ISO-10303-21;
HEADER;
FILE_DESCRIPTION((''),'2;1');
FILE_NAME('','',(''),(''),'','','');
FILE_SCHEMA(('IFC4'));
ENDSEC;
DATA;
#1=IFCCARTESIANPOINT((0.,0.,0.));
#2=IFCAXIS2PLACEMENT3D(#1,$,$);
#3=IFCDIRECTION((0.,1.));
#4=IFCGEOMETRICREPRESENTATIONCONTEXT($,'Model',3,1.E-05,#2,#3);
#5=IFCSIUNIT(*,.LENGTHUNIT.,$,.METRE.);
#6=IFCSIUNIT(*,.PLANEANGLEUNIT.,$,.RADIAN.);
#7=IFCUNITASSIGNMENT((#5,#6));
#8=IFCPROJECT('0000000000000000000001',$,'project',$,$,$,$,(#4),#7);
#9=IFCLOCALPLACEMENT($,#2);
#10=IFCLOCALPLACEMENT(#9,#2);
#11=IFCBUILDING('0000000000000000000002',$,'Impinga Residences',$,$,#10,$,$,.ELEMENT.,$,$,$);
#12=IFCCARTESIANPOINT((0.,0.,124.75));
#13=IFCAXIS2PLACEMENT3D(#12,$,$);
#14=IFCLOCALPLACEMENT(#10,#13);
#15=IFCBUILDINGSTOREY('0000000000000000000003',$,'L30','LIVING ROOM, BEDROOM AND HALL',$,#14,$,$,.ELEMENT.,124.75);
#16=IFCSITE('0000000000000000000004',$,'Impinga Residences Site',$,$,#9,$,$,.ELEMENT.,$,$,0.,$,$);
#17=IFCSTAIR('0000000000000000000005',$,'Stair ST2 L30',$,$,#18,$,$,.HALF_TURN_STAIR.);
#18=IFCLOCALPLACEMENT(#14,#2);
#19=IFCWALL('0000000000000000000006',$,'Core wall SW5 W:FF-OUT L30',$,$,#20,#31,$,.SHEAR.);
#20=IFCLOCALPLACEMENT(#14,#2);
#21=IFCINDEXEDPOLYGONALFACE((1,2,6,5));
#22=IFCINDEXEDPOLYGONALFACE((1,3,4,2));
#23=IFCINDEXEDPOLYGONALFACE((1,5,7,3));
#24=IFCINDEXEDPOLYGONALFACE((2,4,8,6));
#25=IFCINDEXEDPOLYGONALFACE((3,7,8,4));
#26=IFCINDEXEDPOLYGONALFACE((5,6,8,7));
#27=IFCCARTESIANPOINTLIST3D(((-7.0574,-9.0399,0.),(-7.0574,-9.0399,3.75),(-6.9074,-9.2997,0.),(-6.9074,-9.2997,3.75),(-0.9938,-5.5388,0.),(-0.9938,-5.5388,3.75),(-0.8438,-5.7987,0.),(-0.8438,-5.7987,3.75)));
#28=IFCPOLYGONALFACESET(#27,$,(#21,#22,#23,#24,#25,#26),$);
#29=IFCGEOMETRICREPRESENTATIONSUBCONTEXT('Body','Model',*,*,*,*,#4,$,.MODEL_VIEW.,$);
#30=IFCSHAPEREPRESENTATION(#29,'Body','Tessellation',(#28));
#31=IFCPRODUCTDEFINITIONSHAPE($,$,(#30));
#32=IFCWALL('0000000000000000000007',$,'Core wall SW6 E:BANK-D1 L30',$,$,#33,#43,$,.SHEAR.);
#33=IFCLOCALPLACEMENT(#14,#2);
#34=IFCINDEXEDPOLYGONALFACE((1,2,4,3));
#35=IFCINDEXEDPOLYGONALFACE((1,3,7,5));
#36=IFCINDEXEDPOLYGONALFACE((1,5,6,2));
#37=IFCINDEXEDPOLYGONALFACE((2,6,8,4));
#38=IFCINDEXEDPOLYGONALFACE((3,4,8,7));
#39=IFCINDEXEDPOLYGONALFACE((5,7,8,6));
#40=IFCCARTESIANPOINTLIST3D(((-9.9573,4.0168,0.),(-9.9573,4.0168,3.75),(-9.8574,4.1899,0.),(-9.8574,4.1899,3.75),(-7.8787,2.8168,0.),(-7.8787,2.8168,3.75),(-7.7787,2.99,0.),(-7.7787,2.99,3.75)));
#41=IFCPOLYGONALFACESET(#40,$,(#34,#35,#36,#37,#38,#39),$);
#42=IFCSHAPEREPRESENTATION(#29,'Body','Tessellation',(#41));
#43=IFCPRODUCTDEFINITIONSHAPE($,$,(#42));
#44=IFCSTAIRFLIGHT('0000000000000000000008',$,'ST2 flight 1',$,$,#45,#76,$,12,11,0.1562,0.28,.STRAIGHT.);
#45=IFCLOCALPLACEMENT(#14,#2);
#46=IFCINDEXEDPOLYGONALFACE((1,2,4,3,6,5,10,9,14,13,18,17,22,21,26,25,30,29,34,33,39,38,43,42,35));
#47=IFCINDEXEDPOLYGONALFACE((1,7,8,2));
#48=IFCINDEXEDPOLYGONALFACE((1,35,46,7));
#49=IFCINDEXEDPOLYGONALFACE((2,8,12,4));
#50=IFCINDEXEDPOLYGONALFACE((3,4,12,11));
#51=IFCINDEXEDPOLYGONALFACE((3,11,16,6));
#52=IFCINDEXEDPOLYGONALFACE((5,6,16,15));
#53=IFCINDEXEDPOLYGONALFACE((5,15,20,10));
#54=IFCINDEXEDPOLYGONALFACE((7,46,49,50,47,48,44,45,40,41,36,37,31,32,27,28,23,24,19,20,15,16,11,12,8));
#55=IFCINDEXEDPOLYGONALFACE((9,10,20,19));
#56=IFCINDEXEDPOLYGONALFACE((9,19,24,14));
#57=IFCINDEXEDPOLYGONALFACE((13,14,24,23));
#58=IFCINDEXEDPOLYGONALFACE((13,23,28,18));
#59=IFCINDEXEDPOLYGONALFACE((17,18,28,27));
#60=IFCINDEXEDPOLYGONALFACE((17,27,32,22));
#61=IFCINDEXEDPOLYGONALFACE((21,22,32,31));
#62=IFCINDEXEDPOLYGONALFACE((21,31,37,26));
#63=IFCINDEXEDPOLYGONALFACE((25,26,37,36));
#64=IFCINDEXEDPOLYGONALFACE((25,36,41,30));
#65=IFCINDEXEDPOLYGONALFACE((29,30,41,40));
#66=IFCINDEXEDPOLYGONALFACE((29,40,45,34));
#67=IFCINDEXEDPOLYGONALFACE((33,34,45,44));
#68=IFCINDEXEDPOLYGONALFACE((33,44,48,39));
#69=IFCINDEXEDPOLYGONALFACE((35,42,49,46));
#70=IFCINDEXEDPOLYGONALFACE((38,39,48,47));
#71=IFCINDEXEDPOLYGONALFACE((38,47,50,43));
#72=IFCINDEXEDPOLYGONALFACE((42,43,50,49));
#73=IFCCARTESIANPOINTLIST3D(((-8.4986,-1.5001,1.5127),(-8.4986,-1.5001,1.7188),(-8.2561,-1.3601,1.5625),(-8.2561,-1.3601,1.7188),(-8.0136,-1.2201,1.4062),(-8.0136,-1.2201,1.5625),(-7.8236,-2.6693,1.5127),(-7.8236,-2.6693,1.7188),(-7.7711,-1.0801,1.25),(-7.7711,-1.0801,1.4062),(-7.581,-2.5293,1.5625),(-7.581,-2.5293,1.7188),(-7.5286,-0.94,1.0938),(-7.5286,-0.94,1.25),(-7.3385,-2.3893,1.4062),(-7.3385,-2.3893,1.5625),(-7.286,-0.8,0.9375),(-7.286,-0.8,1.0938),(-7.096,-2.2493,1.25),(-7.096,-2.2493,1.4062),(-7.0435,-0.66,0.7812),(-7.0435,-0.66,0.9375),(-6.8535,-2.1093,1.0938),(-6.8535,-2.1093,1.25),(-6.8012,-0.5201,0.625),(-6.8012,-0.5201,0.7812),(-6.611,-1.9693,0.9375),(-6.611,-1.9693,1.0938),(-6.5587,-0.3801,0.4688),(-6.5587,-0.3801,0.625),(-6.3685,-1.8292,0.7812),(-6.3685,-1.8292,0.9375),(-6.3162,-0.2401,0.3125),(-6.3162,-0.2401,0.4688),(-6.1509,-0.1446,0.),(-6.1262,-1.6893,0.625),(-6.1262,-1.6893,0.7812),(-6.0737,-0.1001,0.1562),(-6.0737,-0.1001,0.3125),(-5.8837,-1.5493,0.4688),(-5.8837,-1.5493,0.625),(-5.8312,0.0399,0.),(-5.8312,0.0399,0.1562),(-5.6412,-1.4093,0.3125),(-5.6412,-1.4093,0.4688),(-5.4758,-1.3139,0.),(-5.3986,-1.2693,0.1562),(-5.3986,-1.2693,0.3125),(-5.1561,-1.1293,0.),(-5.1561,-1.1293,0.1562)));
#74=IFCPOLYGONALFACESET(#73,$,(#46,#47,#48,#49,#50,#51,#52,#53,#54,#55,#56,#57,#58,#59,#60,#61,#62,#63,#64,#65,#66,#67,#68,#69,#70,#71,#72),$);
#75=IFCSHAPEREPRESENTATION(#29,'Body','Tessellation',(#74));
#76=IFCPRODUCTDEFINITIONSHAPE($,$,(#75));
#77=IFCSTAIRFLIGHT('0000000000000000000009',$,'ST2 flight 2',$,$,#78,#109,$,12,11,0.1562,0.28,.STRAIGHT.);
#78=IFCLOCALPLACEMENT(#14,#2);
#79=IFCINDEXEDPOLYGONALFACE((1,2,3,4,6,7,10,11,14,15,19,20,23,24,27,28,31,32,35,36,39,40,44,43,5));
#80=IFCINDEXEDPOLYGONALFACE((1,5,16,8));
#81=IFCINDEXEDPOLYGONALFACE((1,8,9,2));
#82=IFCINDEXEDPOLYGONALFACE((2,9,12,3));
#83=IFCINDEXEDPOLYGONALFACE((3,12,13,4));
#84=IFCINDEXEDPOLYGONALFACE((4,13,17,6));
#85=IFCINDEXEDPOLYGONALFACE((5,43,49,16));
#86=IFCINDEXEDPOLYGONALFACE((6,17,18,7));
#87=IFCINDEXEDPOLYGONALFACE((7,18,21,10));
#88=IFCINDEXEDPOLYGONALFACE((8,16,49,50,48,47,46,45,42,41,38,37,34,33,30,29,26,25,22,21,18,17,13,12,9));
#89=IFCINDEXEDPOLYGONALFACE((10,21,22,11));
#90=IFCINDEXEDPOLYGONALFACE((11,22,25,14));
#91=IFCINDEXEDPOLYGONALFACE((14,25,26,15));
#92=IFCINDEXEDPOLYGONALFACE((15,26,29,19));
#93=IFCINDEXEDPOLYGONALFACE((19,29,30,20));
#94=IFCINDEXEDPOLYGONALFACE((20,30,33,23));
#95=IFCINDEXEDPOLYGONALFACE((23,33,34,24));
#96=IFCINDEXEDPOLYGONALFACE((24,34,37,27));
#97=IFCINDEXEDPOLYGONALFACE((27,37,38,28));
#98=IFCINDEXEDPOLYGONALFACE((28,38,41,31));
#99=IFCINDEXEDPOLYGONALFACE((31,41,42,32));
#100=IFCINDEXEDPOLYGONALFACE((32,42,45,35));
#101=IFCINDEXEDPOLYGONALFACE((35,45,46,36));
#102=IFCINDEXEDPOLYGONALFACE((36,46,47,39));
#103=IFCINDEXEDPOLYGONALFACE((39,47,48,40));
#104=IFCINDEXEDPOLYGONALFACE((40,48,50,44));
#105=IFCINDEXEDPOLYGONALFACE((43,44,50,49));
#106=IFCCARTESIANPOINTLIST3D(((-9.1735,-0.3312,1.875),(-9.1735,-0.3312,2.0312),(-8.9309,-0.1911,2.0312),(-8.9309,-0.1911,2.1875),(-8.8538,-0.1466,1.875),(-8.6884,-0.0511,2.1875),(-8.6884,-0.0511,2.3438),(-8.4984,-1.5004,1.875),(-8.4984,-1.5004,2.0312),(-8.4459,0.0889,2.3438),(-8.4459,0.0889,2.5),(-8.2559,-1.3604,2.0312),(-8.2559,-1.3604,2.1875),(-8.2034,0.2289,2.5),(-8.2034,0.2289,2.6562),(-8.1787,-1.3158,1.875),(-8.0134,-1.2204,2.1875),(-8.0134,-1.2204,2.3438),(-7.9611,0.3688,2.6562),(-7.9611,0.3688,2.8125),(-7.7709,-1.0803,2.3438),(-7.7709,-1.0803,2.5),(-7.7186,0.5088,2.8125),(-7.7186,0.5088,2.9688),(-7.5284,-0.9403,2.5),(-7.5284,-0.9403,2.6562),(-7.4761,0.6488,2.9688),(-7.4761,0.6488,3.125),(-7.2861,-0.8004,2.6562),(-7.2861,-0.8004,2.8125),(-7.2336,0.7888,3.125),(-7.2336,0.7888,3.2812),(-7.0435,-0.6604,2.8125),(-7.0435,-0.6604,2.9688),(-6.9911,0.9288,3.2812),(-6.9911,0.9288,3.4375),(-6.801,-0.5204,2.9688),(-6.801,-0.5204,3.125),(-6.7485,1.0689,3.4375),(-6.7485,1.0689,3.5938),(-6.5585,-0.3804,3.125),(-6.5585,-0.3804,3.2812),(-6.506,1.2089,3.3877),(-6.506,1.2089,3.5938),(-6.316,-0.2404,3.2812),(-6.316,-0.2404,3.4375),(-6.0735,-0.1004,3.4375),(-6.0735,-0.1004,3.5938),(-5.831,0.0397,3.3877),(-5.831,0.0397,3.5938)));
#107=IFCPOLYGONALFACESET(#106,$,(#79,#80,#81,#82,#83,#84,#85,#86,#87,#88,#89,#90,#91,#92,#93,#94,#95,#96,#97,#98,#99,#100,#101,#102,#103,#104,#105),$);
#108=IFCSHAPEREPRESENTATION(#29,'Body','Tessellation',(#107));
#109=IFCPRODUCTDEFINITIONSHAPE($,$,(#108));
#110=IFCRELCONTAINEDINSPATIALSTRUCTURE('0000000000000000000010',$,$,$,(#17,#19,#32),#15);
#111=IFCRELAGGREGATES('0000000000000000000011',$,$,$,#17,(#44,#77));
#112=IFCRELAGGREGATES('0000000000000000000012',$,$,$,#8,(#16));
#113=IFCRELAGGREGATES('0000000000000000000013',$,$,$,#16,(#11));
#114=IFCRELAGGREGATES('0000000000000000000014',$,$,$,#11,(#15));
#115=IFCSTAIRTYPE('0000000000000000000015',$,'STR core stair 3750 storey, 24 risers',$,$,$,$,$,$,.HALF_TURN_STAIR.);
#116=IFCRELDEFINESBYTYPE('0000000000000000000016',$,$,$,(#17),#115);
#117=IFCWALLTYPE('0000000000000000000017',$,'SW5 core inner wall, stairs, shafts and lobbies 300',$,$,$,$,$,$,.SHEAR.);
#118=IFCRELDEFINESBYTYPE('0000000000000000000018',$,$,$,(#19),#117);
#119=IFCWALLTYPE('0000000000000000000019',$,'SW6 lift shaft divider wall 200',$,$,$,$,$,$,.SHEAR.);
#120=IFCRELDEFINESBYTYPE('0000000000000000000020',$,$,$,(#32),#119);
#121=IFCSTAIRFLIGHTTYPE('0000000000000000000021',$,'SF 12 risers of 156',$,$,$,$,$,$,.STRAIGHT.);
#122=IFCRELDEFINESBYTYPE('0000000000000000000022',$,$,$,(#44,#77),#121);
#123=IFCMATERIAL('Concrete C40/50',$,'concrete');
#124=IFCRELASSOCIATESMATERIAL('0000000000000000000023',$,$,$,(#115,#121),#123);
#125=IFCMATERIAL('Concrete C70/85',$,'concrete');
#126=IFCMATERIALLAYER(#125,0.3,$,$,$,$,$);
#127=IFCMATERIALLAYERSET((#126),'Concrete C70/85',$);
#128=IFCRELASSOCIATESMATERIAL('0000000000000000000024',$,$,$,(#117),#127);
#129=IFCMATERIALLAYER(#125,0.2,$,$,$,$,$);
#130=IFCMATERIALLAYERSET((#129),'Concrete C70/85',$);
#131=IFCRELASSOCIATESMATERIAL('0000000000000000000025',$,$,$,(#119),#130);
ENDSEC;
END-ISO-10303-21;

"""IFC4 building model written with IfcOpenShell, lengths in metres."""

from ifc_helpers import new_model, si_unit, direction, frame, frame_2d, origin, place, context, subcontext, project, spatial, polyline, rectangle, outline, extrude, material, layer, layer_set, type_object, element, aggregate, save


model = new_model("IFC4")

# Units and contexts
model_context = context("Model", 3, precision=1e-05, world=origin(), true_north=direction((0.0, 1.0)))
body_context = subcontext(model_context, "Body", "Model", "MODEL_VIEW")
ifc_project = project(units=[si_unit("LENGTHUNIT", "METRE"), si_unit("PLANEANGLEUNIT", "RADIAN")], contexts=[model_context])

# Site, building, storey
site_placement = place(None, origin())
site = spatial("IfcSite", under=ifc_project, at=site_placement, Name="Impinga Residences Site", CompositionType="ELEMENT", RefElevation=0.0)
building_placement = place(site_placement, origin())
building = spatial("IfcBuilding", under=site, at=building_placement, Name="Impinga Residences", CompositionType="ELEMENT")
storey_placement = place(building_placement, frame((0.0, 0.0, 124.75)))
storey = spatial("IfcBuildingStorey", under=building, at=storey_placement, Name="L30", Description="LIVING ROOM, BEDROOM AND HALL", CompositionType="ELEMENT", Elevation=124.75)

# Stair
ifc_material_1 = material(Name="Concrete C40/50", Category="concrete")
stair_type = type_object("IfcStairType", Name="STR core stair 3750 storey, 24 risers", PredefinedType="HALF_TURN_STAIR", material=ifc_material_1)
stair_1_placement = place(storey_placement, origin())
stair_1 = element("IfcStair", 1, at=stair_1_placement, inside=storey, type_object=stair_type, Name="Stair ST2 L30", PredefinedType="HALF_TURN_STAIR")

# Shared definitions
ifc_material_2 = material(Name="Concrete C70/85", Category="concrete")
ifc_layer_1 = layer(ifc_material_2, 0.3)
ifc_layer_set_1 = layer_set([ifc_layer_1], Name="Concrete C70/85")
wall_type_1 = type_object("IfcWallType", Name="SW5 core inner wall, stairs, shafts and lobbies 300", PredefinedType="SHEAR", material=ifc_layer_set_1)

# Walls
wall_1_placement = place(storey_placement, frame((-0.9187, -5.6687, 0.0), z_axis=(0.0, 0.0, 1.0), x_axis=(-0.866011, -0.500024, 0.0)))
element("IfcWall", 2, at=wall_1_placement, inside=storey, type_object=wall_type_1, Name="Core wall SW5 W:FF-OUT L30", PredefinedType="SHEAR", context=body_context, shape_type="SweptSolid", body=[
    extrude(rectangle(XDim=7.0017, YDim=0.3, at=frame_2d((3.501, 0.0))), origin(), (0.0, 0.0, 1.0), 3.75),
])
ifc_layer_2 = layer(ifc_material_2, 0.2)
ifc_layer_set_2 = layer_set([ifc_layer_2], Name="Concrete C70/85")
wall_type_2 = type_object("IfcWallType", Name="SW6 lift shaft divider wall 200", PredefinedType="SHEAR", material=ifc_layer_set_2)
wall_2_placement = place(storey_placement, frame((-7.8286, 2.9033, 0.0), z_axis=(0.0, 0.0, 1.0), x_axis=(-0.86605, 0.499957, 0.0)))
element("IfcWall", 3, at=wall_2_placement, inside=storey, type_object=wall_type_2, Name="Core wall SW6 E:BANK-D1 L30", PredefinedType="SHEAR", context=body_context, shape_type="SweptSolid", body=[
    extrude(rectangle(XDim=2.4001, YDim=0.2, at=frame_2d((1.2002, 0.0))), origin(), (0.0, 0.0, 1.0), 3.75),
])

# Stair flights
stair_flight_type = type_object("IfcStairFlightType", Name="SF 12 risers of 156", PredefinedType="STRAIGHT", material=ifc_material_1)
stair_flight_1_placement = place(storey_placement, frame((-5.4937, -0.5447, 0.0), z_axis=(0.0, 0.0, 1.0), x_axis=(-0.866025, -0.5, 0.0)))
stair_flight_1 = element("IfcStairFlight", 4, at=stair_flight_1_placement, type_object=stair_flight_type, Name="ST2 flight 1", NumberOfRisers=12, NumberOfTreads=11, PredefinedType="STRAIGHT", RiserHeight=0.1562, TreadLength=0.28, context=body_context, shape_type="SweptSolid", body=[
    extrude(outline(polyline([(0.0, 0.0), (0.0, 0.1562), (0.28, 0.1562), (0.28, 0.3125), (0.5601, 0.3125), (0.5601, 0.4688), (0.8401, 0.4688), (0.8401, 0.625), (1.1201, 0.625), (1.1201, 0.7812), (1.3999, 0.7812), (1.3999, 0.9375), (1.6799, 0.9375), (1.6799, 1.0938), (1.96, 1.0938), (1.96, 1.25), (2.24, 1.25), (2.24, 1.4062), (2.52, 1.4062), (2.52, 1.5625), (2.8, 1.5625), (2.8, 1.7188), (3.0801, 1.7188), (3.0801, 1.875), (3.0801, 1.5127), (0.3691, 0.0), (0.0, 0.0)])), frame((0.0, 0.675, 0.0), z_axis=(0.0, -1.0, 0.0), x_axis=(1.0, 0.0, 0.0)), (0.0, 0.0, 1.0), 1.3501),
])
stair_flight_2_placement = place(storey_placement, frame((-8.8359, -0.9158, 1.875), z_axis=(0.0, 0.0, 1.0), x_axis=(0.866025, 0.5, 0.0)))
stair_flight_2 = element("IfcStairFlight", 5, at=stair_flight_2_placement, type_object=stair_flight_type, Name="ST2 flight 2", NumberOfRisers=12, NumberOfTreads=11, PredefinedType="STRAIGHT", RiserHeight=0.1562, TreadLength=0.28, context=body_context, shape_type="SweptSolid", body=[
    extrude(outline(polyline([(0.0, 0.0), (0.0, 0.1562), (0.28, 0.1562), (0.28, 0.3125), (0.5601, 0.3125), (0.5601, 0.4688), (0.8401, 0.4688), (0.8401, 0.625), (1.1201, 0.625), (1.1201, 0.7812), (1.3999, 0.7812), (1.3999, 0.9375), (1.6799, 0.9375), (1.6799, 1.0938), (1.96, 1.0938), (1.96, 1.25), (2.24, 1.25), (2.24, 1.4062), (2.52, 1.4062), (2.52, 1.5625), (2.8, 1.5625), (2.8, 1.7188), (3.0801, 1.7188), (3.0801, 1.875), (3.0801, 1.5127), (0.3691, 0.0), (0.0, 0.0)])), frame((0.0, 0.675, 0.0), z_axis=(0.0, -1.0, 0.0), x_axis=(1.0, 0.0, 0.0)), (0.0, 0.0, 1.0), 1.3501),
])
aggregate(stair_1, [stair_flight_1, stair_flight_2])

save(model, "model.ifc")
